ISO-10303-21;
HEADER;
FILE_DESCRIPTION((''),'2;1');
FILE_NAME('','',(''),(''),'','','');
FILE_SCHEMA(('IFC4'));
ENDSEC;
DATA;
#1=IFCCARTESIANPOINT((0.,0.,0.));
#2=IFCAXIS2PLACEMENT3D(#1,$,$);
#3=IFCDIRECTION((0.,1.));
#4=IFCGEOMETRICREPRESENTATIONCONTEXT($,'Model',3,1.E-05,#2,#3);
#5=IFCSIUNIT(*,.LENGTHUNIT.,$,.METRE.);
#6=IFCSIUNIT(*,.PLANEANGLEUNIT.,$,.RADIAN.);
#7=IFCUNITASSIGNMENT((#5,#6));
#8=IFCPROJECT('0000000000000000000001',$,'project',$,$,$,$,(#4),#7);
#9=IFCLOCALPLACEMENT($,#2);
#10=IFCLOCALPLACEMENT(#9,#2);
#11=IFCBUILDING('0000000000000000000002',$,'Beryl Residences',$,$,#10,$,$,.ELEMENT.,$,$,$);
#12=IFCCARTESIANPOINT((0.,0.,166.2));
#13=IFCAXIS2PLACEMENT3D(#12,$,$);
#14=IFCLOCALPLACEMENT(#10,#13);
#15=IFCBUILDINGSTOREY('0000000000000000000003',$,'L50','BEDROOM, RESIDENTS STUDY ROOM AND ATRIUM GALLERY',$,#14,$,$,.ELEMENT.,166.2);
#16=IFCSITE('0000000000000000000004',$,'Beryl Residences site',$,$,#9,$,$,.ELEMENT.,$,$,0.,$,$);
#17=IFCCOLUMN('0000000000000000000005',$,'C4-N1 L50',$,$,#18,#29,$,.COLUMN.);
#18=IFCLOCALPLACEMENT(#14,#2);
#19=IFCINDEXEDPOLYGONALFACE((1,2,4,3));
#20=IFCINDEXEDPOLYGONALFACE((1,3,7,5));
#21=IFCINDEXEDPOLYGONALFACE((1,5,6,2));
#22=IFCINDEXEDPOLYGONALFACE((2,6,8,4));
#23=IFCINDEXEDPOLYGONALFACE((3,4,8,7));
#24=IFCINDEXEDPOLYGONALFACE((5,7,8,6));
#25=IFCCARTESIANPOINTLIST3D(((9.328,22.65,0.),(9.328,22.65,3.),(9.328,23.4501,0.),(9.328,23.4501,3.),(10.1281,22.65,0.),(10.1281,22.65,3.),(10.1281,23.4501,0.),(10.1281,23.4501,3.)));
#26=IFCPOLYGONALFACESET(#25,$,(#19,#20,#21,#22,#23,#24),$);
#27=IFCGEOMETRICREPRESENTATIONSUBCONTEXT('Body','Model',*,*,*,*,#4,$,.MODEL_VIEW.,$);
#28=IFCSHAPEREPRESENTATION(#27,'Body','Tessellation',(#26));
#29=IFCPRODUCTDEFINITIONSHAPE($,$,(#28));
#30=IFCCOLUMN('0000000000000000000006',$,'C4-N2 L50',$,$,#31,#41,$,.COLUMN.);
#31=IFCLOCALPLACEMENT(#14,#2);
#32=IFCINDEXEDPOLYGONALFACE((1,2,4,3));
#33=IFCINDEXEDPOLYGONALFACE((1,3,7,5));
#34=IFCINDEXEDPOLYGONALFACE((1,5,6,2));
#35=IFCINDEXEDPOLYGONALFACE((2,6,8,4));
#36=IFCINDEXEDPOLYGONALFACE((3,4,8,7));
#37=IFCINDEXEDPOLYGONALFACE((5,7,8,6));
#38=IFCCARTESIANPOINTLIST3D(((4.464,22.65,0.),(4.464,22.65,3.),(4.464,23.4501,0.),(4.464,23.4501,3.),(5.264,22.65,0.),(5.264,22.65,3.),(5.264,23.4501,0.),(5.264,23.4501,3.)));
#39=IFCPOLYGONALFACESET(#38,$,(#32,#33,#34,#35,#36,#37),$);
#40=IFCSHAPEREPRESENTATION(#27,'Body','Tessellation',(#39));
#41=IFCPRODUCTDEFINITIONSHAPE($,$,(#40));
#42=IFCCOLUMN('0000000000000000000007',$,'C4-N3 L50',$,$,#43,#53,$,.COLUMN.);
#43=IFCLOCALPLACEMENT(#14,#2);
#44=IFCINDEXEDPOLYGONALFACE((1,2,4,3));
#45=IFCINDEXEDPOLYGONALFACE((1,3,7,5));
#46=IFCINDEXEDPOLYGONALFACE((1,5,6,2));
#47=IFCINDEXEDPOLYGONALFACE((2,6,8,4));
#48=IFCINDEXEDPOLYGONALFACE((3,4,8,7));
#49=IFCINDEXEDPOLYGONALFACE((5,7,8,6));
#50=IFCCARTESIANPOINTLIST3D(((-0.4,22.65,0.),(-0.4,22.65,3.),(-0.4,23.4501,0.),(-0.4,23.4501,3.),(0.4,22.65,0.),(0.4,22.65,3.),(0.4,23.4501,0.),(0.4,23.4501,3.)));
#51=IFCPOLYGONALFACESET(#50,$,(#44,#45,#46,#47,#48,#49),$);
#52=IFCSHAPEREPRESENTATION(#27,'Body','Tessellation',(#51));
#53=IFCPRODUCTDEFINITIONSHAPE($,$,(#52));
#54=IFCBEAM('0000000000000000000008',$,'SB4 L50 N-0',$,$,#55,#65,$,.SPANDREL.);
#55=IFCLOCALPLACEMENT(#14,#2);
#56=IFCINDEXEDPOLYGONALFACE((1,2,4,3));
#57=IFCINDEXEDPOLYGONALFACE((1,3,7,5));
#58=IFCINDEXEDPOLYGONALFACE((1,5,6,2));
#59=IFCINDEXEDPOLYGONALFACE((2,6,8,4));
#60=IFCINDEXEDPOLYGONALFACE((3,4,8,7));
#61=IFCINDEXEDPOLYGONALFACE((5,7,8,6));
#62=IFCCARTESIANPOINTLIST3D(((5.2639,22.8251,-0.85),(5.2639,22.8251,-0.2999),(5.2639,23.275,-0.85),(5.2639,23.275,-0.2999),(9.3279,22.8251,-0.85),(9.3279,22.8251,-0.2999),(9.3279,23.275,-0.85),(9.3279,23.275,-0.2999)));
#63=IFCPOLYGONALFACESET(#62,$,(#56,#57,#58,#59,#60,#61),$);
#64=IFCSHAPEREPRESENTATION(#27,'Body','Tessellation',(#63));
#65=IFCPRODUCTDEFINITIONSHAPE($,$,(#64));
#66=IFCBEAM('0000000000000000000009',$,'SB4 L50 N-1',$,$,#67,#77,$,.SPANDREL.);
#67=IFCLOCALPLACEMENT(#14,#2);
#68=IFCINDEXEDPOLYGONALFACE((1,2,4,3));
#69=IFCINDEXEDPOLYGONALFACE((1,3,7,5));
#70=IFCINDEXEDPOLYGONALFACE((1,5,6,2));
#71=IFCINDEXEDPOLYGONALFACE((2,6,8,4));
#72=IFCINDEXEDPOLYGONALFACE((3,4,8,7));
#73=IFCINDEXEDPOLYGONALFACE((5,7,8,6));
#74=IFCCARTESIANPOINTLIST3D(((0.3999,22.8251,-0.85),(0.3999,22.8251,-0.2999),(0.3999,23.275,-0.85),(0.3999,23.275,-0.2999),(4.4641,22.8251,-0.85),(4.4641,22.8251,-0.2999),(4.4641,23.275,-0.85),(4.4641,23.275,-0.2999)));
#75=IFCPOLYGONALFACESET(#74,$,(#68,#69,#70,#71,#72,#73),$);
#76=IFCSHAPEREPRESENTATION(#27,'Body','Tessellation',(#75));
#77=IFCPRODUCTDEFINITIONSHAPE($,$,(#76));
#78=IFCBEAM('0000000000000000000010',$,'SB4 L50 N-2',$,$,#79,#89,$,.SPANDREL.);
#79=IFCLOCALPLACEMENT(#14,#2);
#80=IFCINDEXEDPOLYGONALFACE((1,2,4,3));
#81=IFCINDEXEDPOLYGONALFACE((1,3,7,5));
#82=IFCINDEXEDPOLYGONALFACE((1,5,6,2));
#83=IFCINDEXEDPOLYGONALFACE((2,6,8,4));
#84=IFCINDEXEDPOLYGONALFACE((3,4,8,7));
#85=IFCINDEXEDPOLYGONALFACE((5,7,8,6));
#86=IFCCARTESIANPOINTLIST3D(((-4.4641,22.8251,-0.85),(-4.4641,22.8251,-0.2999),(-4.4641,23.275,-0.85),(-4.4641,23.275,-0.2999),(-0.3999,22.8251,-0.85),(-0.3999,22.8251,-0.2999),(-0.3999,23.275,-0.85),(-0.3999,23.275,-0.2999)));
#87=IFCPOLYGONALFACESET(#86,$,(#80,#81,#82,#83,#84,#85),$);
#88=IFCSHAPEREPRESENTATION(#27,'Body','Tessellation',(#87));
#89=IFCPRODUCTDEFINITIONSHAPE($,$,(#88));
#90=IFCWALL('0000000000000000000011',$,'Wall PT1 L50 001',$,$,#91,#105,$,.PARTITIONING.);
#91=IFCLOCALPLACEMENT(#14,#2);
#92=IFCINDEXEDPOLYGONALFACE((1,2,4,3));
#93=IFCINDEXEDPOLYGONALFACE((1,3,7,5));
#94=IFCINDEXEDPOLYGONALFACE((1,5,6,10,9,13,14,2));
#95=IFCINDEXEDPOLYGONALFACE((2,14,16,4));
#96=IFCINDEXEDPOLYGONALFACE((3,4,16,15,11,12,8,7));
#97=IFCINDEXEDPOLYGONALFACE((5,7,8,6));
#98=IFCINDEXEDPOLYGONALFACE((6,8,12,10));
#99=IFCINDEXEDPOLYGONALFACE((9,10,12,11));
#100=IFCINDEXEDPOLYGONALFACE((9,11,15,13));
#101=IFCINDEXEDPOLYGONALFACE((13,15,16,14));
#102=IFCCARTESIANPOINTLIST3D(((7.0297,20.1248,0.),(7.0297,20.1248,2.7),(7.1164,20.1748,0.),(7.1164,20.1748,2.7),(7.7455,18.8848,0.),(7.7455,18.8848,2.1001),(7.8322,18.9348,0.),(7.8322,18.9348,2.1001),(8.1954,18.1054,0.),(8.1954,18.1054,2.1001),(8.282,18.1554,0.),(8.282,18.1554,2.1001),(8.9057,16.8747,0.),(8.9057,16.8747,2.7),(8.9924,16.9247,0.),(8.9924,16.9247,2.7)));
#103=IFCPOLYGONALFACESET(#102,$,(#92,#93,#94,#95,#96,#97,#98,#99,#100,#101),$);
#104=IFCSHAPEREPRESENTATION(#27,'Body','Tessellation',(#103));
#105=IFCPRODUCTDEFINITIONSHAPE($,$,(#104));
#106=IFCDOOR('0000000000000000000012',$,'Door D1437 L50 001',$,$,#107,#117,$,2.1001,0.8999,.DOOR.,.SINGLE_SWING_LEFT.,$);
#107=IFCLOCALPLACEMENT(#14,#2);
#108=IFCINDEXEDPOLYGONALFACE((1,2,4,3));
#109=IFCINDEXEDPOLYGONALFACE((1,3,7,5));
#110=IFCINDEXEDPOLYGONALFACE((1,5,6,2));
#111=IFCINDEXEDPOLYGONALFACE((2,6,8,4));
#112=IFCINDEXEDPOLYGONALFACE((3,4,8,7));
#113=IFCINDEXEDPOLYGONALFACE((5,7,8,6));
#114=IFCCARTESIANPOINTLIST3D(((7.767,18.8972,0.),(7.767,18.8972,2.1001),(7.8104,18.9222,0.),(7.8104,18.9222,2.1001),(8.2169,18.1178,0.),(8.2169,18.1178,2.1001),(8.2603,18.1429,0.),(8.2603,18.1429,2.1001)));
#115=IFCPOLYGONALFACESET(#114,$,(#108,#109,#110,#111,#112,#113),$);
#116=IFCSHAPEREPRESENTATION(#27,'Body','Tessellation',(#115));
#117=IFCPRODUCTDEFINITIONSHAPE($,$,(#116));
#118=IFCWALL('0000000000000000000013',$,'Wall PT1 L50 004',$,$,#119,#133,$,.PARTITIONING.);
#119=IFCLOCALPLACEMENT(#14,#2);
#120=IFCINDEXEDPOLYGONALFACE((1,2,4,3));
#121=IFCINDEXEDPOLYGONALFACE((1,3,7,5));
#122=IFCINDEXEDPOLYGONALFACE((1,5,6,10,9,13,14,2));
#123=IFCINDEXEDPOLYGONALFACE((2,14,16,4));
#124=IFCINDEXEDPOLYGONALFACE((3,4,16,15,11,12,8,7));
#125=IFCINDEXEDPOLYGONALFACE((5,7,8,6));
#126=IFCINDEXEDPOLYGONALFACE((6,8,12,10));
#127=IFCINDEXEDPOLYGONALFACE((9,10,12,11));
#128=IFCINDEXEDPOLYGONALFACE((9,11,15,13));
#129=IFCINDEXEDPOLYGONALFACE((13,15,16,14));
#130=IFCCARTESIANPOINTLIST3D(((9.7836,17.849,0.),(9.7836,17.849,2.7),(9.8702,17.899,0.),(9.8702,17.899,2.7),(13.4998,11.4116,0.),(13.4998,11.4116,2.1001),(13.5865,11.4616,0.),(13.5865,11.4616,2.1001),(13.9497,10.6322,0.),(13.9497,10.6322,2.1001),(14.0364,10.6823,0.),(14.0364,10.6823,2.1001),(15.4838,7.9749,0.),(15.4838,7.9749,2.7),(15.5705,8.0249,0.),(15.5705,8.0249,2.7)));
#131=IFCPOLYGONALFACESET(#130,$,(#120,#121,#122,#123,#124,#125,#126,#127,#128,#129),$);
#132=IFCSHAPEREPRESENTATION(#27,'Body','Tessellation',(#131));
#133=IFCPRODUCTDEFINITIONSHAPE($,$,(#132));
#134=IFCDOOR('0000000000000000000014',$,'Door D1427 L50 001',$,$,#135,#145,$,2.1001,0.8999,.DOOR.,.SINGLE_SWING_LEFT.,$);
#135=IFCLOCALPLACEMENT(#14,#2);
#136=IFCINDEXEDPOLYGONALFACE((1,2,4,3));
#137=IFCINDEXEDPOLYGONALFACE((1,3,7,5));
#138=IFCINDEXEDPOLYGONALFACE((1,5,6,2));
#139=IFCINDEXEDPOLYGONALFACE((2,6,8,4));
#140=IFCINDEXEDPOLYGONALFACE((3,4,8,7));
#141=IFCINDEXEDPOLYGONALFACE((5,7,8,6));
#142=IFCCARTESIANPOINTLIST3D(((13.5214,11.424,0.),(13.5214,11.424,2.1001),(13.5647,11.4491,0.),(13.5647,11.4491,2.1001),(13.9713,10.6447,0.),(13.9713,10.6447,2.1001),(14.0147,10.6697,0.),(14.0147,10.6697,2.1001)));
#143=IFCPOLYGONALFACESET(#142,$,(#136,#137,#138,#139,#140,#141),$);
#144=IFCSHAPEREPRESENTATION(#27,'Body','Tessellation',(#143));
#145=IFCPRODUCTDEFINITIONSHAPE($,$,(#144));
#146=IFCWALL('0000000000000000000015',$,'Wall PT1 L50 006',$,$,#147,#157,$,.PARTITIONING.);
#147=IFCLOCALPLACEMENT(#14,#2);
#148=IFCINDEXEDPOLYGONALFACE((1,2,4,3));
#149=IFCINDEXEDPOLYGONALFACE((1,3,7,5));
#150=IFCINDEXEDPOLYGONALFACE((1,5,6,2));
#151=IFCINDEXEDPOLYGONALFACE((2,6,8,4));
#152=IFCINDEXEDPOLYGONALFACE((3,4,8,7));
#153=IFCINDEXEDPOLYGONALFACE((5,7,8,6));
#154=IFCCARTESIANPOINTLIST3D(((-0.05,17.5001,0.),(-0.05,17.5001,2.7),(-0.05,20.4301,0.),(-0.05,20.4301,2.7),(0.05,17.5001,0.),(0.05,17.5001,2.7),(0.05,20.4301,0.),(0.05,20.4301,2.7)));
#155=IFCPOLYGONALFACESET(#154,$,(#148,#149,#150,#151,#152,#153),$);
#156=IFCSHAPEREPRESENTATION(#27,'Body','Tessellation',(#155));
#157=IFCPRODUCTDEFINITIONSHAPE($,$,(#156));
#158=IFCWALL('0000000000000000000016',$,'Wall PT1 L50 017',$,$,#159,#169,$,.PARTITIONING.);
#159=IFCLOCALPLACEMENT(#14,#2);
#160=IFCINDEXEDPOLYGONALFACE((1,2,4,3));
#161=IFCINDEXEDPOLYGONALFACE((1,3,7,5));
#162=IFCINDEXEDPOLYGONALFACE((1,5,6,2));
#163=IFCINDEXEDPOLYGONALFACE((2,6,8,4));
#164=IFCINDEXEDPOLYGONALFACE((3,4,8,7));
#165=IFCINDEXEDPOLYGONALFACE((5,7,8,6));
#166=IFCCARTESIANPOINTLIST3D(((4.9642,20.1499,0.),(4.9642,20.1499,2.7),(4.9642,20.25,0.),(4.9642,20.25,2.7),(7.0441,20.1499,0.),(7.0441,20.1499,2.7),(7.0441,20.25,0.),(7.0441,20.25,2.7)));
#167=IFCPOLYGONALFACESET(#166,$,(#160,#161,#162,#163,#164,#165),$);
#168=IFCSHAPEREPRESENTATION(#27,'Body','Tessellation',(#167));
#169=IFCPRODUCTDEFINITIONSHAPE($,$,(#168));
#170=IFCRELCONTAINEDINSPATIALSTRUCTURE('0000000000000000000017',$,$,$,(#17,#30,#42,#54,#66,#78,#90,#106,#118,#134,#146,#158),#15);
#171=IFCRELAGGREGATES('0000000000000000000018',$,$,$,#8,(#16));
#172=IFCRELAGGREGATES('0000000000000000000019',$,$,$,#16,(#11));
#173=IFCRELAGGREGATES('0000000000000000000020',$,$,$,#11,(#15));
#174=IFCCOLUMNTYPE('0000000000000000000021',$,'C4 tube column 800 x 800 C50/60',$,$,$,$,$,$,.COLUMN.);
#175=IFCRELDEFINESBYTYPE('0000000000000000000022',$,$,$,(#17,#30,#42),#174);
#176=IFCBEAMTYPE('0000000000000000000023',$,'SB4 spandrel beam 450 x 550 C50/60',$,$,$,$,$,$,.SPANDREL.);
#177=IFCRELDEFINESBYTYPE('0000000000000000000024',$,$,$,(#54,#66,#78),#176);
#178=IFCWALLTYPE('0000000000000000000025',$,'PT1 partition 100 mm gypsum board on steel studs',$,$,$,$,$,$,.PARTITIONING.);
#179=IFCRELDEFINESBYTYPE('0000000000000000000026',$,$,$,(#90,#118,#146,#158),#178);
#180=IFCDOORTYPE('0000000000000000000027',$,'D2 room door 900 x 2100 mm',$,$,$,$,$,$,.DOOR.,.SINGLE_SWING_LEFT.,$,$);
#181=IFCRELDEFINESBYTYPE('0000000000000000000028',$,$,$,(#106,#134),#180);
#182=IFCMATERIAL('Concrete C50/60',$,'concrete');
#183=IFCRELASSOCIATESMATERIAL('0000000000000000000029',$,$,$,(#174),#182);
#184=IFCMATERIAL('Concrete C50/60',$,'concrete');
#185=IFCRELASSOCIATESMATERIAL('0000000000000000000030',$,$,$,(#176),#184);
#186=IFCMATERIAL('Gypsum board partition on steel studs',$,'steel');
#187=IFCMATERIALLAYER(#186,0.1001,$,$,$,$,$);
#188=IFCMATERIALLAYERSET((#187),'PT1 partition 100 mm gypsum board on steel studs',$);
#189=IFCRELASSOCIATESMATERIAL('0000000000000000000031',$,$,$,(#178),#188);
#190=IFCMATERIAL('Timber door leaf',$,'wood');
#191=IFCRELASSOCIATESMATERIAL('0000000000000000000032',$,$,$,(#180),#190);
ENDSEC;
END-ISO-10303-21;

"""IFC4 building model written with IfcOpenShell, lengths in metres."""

from ifc_helpers import new_model, si_unit, direction, frame, frame_2d, origin, origin_2d, place, context, subcontext, project, spatial, rectangle, extrude, material, layer, layer_set, material_profile, profile_set, type_object, element, fill, save


model = new_model("IFC4")

# Units and contexts
model_context = context("Model", 3, precision=1e-05, world=origin(), true_north=direction((0.0, 1.0)))
body_context = subcontext(model_context, "Body", "Model", "MODEL_VIEW")
ifc_project = project(units=[si_unit("LENGTHUNIT", "METRE"), si_unit("PLANEANGLEUNIT", "RADIAN")], contexts=[model_context])

# Site, building, storey
site_placement = place(None, origin())
site = spatial("IfcSite", under=ifc_project, at=site_placement, Name="Beryl Residences site", CompositionType="ELEMENT", RefElevation=0.0)
building_placement = place(site_placement, origin())
building = spatial("IfcBuilding", under=site, at=building_placement, Name="Beryl Residences", CompositionType="ELEMENT")
storey_placement = place(building_placement, frame((0.0, 0.0, 166.2)))
storey = spatial("IfcBuildingStorey", under=building, at=storey_placement, Name="L50", Description="BEDROOM, RESIDENTS STUDY ROOM AND ATRIUM GALLERY", CompositionType="ELEMENT", Elevation=166.2)

# Columns
ifc_material_1 = material(Name="Concrete C50/60", Category="concrete")
ifc_material_profile_1 = material_profile(ifc_material_1, rectangle(XDim=0.8, YDim=0.8, at=origin_2d()))
ifc_profile_set_1 = profile_set([ifc_material_profile_1], Name="Concrete C50/60")
column_type = type_object("IfcColumnType", Name="C4 tube column 800 x 800 C50/60", PredefinedType="COLUMN", material=ifc_profile_set_1)
for number, where, z_axis, x_axis, name in (
    (1, (9.728, 23.05, 0.0), (0.0, 0.0, 1.0), (-1.0, 0.0, 0.0), "C4-N1 L50"),
    (2, (4.864, 23.05, 0.0), (0.0, 0.0, 1.0), (-1.0, 0.0, 0.0), "C4-N2 L50"),
    (3, (0.0, 23.05, 0.0), (0.0, 0.0, 1.0), (-1.0, 0.0, 0.0), "C4-N3 L50"),
):
    element("IfcColumn", number, at=place(storey_placement, frame(where, z_axis=z_axis, x_axis=x_axis)), inside=storey, type_object=column_type, Name=name, PredefinedType="COLUMN", context=body_context, shape_type="SweptSolid", body=[
        extrude(rectangle(XDim=0.8, YDim=0.8, at=origin_2d()), origin(), (0.0, 0.0, 1.0), 3.0),
    ])

# Beams
ifc_material_2 = material(Name="Concrete C50/60", Category="concrete")
ifc_material_profile_2 = material_profile(ifc_material_2, rectangle(XDim=0.45, YDim=0.55, at=origin_2d()))
ifc_profile_set_2 = profile_set([ifc_material_profile_2], Name="Concrete C50/60")
beam_type = type_object("IfcBeamType", Name="SB4 spandrel beam 450 x 550 C50/60", PredefinedType="SPANDREL", material=ifc_profile_set_2)
beam_placement = place(storey_placement, frame((9.3279, 23.05, -0.575), z_axis=(-1.0, 0.0, 0.0), x_axis=(0.0, -1.0, 0.0)))
element("IfcBeam", 4, at=beam_placement, inside=storey, type_object=beam_type, Name="SB4 L50 N-0", PredefinedType="SPANDREL", context=body_context, shape_type="SweptSolid", body=[
    extrude(rectangle(XDim=0.45, YDim=0.55, at=origin_2d()), origin(), (0.0, 0.0, 1.0), 4.064),
])
for number, where, z_axis, x_axis, name in (
    (5, (4.4641, 23.05, -0.575), (-1.0, 0.0, 0.0), (0.0, -1.0, 0.0), "SB4 L50 N-1"),
    (6, (-0.3999, 23.05, -0.575), (-1.0, 0.0, 0.0), (0.0, -1.0, 0.0), "SB4 L50 N-2"),
):
    element("IfcBeam", number, at=place(storey_placement, frame(where, z_axis=z_axis, x_axis=x_axis)), inside=storey, type_object=beam_type, Name=name, PredefinedType="SPANDREL", context=body_context, shape_type="SweptSolid", body=[
        extrude(rectangle(XDim=0.45, YDim=0.55, at=origin_2d()), origin(), (0.0, 0.0, 1.0), 4.0642),
    ])

# Walls, openings, doors
ifc_material_3 = material(Name="Gypsum board partition on steel studs", Category="steel")
ifc_layer_1 = layer(ifc_material_3, 0.1001)
ifc_layer_set_1 = layer_set([ifc_layer_1], Name="PT1 partition 100 mm gypsum board on steel studs")
wall_type_1 = type_object("IfcWallType", Name="PT1 partition 100 mm gypsum board on steel studs", PredefinedType="PARTITIONING", material=ifc_layer_set_1)
wall_1_placement = place(storey_placement, frame((7.073, 20.1499, 0.0), z_axis=(0.0, 0.0, 1.0), x_axis=(0.499918, -0.866073, 0.0)))
wall_1 = element("IfcWall", 7, at=wall_1_placement, inside=storey, type_object=wall_type_1, Name="Wall PT1 L50 001", PredefinedType="PARTITIONING", context=body_context, shape_type="SweptSolid", body=[
    extrude(rectangle(XDim=3.7527, YDim=0.1001, at=frame_2d((1.8765, 0.0))), origin(), (0.0, 0.0, 1.0), 2.7),
])
opening_1_placement = place(wall_1_placement, frame((1.4319, 0.0, 0.0)))
opening_1 = element("IfcOpeningElement", 8, at=opening_1_placement, cuts=wall_1, PredefinedType="OPENING", context=body_context, shape_type="SweptSolid", body=[
    extrude(rectangle(XDim=0.8999, YDim=2.1001, at=frame_2d((0.45, 1.05))), frame((0.0, 0.0601, 0.0), z_axis=(0.0, -1.0, 0.0), x_axis=(1.0, 0.0, 0.0)), (0.0, 0.0, 1.0), 0.1201),
])
ifc_material_4 = material(Name="Timber door leaf", Category="wood")
door_type_1 = type_object("IfcDoorType", Name="D2 room door 900 x 2100 mm", OperationType="SINGLE_SWING_LEFT", PredefinedType="DOOR", material=ifc_material_4)
door_1_placement = place(opening_1_placement, origin())
door_1 = element("IfcDoor", 9, at=door_1_placement, inside=storey, type_object=door_type_1, Name="Door D1437 L50 001", OperationType="SINGLE_SWING_LEFT", OverallHeight=2.1001, OverallWidth=0.8999, PredefinedType="DOOR", context=body_context, shape_type="SweptSolid", body=[
    extrude(rectangle(XDim=0.8999, YDim=2.1001, at=frame_2d((0.45, 1.05))), frame((0.0, 0.0249, 0.0), z_axis=(0.0, -1.0, 0.0), x_axis=(1.0, 0.0, 0.0)), (0.0, 0.0, 1.0), 0.05),
])
fill(opening_1, door_1)
wall_2_placement = place(storey_placement, frame((9.8269, 17.874, 0.0), z_axis=(0.0, 0.0, 1.0), x_axis=(0.499962, -0.866047, 0.0)))
wall_2 = element("IfcWall", 10, at=wall_2_placement, inside=storey, type_object=wall_type_1, Name="Wall PT1 L50 004", PredefinedType="PARTITIONING", context=body_context, shape_type="SweptSolid", body=[
    extrude(rectangle(XDim=11.4014, YDim=0.1001, at=frame_2d((5.7007, 0.0))), origin(), (0.0, 0.0, 1.0), 2.7),
])
opening_2_placement = place(wall_2_placement, frame((7.4331, 0.0, 0.0)))
opening_2 = element("IfcOpeningElement", 11, at=opening_2_placement, cuts=wall_2, PredefinedType="OPENING", context=body_context, shape_type="SweptSolid", body=[
    extrude(rectangle(XDim=0.8999, YDim=2.1001, at=frame_2d((0.45, 1.05))), frame((0.0, 0.0601, 0.0), z_axis=(0.0, -1.0, 0.0), x_axis=(1.0, 0.0, 0.0)), (0.0, 0.0, 1.0), 0.1201),
])
door_2_placement = place(opening_2_placement, origin())
door_2 = element("IfcDoor", 12, at=door_2_placement, inside=storey, type_object=door_type_1, Name="Door D1427 L50 001", OperationType="SINGLE_SWING_LEFT", OverallHeight=2.1001, OverallWidth=0.8999, PredefinedType="DOOR", context=body_context, shape_type="SweptSolid", body=[
    extrude(rectangle(XDim=0.8999, YDim=2.1001, at=frame_2d((0.45, 1.05))), frame((0.0, 0.0249, 0.0), z_axis=(0.0, -1.0, 0.0), x_axis=(1.0, 0.0, 0.0)), (0.0, 0.0, 1.0), 0.05),
])
fill(opening_2, door_2)

# Walls
wall_3_placement = place(storey_placement, frame((0.0, 20.4299, 0.0), z_axis=(0.0, 0.0, 1.0), x_axis=(0.0, -1.0, 0.0)))
element("IfcWall", 13, at=wall_3_placement, inside=storey, type_object=wall_type_1, Name="Wall PT1 L50 006", PredefinedType="PARTITIONING", context=body_context, shape_type="SweptSolid", body=[
    extrude(rectangle(XDim=2.9299, YDim=0.1001, at=frame_2d((1.4648, 0.0))), origin(), (0.0, 0.0, 1.0), 2.7),
])
wall_4_placement = place(storey_placement, frame((4.9641, 20.2, 0.0), z_axis=(0.0, 0.0, 1.0), x_axis=(1.0, 0.0, 0.0)))
element("IfcWall", 14, at=wall_4_placement, inside=storey, type_object=wall_type_1, Name="Wall PT1 L50 017", PredefinedType="PARTITIONING", context=body_context, shape_type="SweptSolid", body=[
    extrude(rectangle(XDim=2.0798, YDim=0.1001, at=frame_2d((1.04, 0.0))), origin(), (0.0, 0.0, 1.0), 2.7),
])

save(model, "model.ifc")
